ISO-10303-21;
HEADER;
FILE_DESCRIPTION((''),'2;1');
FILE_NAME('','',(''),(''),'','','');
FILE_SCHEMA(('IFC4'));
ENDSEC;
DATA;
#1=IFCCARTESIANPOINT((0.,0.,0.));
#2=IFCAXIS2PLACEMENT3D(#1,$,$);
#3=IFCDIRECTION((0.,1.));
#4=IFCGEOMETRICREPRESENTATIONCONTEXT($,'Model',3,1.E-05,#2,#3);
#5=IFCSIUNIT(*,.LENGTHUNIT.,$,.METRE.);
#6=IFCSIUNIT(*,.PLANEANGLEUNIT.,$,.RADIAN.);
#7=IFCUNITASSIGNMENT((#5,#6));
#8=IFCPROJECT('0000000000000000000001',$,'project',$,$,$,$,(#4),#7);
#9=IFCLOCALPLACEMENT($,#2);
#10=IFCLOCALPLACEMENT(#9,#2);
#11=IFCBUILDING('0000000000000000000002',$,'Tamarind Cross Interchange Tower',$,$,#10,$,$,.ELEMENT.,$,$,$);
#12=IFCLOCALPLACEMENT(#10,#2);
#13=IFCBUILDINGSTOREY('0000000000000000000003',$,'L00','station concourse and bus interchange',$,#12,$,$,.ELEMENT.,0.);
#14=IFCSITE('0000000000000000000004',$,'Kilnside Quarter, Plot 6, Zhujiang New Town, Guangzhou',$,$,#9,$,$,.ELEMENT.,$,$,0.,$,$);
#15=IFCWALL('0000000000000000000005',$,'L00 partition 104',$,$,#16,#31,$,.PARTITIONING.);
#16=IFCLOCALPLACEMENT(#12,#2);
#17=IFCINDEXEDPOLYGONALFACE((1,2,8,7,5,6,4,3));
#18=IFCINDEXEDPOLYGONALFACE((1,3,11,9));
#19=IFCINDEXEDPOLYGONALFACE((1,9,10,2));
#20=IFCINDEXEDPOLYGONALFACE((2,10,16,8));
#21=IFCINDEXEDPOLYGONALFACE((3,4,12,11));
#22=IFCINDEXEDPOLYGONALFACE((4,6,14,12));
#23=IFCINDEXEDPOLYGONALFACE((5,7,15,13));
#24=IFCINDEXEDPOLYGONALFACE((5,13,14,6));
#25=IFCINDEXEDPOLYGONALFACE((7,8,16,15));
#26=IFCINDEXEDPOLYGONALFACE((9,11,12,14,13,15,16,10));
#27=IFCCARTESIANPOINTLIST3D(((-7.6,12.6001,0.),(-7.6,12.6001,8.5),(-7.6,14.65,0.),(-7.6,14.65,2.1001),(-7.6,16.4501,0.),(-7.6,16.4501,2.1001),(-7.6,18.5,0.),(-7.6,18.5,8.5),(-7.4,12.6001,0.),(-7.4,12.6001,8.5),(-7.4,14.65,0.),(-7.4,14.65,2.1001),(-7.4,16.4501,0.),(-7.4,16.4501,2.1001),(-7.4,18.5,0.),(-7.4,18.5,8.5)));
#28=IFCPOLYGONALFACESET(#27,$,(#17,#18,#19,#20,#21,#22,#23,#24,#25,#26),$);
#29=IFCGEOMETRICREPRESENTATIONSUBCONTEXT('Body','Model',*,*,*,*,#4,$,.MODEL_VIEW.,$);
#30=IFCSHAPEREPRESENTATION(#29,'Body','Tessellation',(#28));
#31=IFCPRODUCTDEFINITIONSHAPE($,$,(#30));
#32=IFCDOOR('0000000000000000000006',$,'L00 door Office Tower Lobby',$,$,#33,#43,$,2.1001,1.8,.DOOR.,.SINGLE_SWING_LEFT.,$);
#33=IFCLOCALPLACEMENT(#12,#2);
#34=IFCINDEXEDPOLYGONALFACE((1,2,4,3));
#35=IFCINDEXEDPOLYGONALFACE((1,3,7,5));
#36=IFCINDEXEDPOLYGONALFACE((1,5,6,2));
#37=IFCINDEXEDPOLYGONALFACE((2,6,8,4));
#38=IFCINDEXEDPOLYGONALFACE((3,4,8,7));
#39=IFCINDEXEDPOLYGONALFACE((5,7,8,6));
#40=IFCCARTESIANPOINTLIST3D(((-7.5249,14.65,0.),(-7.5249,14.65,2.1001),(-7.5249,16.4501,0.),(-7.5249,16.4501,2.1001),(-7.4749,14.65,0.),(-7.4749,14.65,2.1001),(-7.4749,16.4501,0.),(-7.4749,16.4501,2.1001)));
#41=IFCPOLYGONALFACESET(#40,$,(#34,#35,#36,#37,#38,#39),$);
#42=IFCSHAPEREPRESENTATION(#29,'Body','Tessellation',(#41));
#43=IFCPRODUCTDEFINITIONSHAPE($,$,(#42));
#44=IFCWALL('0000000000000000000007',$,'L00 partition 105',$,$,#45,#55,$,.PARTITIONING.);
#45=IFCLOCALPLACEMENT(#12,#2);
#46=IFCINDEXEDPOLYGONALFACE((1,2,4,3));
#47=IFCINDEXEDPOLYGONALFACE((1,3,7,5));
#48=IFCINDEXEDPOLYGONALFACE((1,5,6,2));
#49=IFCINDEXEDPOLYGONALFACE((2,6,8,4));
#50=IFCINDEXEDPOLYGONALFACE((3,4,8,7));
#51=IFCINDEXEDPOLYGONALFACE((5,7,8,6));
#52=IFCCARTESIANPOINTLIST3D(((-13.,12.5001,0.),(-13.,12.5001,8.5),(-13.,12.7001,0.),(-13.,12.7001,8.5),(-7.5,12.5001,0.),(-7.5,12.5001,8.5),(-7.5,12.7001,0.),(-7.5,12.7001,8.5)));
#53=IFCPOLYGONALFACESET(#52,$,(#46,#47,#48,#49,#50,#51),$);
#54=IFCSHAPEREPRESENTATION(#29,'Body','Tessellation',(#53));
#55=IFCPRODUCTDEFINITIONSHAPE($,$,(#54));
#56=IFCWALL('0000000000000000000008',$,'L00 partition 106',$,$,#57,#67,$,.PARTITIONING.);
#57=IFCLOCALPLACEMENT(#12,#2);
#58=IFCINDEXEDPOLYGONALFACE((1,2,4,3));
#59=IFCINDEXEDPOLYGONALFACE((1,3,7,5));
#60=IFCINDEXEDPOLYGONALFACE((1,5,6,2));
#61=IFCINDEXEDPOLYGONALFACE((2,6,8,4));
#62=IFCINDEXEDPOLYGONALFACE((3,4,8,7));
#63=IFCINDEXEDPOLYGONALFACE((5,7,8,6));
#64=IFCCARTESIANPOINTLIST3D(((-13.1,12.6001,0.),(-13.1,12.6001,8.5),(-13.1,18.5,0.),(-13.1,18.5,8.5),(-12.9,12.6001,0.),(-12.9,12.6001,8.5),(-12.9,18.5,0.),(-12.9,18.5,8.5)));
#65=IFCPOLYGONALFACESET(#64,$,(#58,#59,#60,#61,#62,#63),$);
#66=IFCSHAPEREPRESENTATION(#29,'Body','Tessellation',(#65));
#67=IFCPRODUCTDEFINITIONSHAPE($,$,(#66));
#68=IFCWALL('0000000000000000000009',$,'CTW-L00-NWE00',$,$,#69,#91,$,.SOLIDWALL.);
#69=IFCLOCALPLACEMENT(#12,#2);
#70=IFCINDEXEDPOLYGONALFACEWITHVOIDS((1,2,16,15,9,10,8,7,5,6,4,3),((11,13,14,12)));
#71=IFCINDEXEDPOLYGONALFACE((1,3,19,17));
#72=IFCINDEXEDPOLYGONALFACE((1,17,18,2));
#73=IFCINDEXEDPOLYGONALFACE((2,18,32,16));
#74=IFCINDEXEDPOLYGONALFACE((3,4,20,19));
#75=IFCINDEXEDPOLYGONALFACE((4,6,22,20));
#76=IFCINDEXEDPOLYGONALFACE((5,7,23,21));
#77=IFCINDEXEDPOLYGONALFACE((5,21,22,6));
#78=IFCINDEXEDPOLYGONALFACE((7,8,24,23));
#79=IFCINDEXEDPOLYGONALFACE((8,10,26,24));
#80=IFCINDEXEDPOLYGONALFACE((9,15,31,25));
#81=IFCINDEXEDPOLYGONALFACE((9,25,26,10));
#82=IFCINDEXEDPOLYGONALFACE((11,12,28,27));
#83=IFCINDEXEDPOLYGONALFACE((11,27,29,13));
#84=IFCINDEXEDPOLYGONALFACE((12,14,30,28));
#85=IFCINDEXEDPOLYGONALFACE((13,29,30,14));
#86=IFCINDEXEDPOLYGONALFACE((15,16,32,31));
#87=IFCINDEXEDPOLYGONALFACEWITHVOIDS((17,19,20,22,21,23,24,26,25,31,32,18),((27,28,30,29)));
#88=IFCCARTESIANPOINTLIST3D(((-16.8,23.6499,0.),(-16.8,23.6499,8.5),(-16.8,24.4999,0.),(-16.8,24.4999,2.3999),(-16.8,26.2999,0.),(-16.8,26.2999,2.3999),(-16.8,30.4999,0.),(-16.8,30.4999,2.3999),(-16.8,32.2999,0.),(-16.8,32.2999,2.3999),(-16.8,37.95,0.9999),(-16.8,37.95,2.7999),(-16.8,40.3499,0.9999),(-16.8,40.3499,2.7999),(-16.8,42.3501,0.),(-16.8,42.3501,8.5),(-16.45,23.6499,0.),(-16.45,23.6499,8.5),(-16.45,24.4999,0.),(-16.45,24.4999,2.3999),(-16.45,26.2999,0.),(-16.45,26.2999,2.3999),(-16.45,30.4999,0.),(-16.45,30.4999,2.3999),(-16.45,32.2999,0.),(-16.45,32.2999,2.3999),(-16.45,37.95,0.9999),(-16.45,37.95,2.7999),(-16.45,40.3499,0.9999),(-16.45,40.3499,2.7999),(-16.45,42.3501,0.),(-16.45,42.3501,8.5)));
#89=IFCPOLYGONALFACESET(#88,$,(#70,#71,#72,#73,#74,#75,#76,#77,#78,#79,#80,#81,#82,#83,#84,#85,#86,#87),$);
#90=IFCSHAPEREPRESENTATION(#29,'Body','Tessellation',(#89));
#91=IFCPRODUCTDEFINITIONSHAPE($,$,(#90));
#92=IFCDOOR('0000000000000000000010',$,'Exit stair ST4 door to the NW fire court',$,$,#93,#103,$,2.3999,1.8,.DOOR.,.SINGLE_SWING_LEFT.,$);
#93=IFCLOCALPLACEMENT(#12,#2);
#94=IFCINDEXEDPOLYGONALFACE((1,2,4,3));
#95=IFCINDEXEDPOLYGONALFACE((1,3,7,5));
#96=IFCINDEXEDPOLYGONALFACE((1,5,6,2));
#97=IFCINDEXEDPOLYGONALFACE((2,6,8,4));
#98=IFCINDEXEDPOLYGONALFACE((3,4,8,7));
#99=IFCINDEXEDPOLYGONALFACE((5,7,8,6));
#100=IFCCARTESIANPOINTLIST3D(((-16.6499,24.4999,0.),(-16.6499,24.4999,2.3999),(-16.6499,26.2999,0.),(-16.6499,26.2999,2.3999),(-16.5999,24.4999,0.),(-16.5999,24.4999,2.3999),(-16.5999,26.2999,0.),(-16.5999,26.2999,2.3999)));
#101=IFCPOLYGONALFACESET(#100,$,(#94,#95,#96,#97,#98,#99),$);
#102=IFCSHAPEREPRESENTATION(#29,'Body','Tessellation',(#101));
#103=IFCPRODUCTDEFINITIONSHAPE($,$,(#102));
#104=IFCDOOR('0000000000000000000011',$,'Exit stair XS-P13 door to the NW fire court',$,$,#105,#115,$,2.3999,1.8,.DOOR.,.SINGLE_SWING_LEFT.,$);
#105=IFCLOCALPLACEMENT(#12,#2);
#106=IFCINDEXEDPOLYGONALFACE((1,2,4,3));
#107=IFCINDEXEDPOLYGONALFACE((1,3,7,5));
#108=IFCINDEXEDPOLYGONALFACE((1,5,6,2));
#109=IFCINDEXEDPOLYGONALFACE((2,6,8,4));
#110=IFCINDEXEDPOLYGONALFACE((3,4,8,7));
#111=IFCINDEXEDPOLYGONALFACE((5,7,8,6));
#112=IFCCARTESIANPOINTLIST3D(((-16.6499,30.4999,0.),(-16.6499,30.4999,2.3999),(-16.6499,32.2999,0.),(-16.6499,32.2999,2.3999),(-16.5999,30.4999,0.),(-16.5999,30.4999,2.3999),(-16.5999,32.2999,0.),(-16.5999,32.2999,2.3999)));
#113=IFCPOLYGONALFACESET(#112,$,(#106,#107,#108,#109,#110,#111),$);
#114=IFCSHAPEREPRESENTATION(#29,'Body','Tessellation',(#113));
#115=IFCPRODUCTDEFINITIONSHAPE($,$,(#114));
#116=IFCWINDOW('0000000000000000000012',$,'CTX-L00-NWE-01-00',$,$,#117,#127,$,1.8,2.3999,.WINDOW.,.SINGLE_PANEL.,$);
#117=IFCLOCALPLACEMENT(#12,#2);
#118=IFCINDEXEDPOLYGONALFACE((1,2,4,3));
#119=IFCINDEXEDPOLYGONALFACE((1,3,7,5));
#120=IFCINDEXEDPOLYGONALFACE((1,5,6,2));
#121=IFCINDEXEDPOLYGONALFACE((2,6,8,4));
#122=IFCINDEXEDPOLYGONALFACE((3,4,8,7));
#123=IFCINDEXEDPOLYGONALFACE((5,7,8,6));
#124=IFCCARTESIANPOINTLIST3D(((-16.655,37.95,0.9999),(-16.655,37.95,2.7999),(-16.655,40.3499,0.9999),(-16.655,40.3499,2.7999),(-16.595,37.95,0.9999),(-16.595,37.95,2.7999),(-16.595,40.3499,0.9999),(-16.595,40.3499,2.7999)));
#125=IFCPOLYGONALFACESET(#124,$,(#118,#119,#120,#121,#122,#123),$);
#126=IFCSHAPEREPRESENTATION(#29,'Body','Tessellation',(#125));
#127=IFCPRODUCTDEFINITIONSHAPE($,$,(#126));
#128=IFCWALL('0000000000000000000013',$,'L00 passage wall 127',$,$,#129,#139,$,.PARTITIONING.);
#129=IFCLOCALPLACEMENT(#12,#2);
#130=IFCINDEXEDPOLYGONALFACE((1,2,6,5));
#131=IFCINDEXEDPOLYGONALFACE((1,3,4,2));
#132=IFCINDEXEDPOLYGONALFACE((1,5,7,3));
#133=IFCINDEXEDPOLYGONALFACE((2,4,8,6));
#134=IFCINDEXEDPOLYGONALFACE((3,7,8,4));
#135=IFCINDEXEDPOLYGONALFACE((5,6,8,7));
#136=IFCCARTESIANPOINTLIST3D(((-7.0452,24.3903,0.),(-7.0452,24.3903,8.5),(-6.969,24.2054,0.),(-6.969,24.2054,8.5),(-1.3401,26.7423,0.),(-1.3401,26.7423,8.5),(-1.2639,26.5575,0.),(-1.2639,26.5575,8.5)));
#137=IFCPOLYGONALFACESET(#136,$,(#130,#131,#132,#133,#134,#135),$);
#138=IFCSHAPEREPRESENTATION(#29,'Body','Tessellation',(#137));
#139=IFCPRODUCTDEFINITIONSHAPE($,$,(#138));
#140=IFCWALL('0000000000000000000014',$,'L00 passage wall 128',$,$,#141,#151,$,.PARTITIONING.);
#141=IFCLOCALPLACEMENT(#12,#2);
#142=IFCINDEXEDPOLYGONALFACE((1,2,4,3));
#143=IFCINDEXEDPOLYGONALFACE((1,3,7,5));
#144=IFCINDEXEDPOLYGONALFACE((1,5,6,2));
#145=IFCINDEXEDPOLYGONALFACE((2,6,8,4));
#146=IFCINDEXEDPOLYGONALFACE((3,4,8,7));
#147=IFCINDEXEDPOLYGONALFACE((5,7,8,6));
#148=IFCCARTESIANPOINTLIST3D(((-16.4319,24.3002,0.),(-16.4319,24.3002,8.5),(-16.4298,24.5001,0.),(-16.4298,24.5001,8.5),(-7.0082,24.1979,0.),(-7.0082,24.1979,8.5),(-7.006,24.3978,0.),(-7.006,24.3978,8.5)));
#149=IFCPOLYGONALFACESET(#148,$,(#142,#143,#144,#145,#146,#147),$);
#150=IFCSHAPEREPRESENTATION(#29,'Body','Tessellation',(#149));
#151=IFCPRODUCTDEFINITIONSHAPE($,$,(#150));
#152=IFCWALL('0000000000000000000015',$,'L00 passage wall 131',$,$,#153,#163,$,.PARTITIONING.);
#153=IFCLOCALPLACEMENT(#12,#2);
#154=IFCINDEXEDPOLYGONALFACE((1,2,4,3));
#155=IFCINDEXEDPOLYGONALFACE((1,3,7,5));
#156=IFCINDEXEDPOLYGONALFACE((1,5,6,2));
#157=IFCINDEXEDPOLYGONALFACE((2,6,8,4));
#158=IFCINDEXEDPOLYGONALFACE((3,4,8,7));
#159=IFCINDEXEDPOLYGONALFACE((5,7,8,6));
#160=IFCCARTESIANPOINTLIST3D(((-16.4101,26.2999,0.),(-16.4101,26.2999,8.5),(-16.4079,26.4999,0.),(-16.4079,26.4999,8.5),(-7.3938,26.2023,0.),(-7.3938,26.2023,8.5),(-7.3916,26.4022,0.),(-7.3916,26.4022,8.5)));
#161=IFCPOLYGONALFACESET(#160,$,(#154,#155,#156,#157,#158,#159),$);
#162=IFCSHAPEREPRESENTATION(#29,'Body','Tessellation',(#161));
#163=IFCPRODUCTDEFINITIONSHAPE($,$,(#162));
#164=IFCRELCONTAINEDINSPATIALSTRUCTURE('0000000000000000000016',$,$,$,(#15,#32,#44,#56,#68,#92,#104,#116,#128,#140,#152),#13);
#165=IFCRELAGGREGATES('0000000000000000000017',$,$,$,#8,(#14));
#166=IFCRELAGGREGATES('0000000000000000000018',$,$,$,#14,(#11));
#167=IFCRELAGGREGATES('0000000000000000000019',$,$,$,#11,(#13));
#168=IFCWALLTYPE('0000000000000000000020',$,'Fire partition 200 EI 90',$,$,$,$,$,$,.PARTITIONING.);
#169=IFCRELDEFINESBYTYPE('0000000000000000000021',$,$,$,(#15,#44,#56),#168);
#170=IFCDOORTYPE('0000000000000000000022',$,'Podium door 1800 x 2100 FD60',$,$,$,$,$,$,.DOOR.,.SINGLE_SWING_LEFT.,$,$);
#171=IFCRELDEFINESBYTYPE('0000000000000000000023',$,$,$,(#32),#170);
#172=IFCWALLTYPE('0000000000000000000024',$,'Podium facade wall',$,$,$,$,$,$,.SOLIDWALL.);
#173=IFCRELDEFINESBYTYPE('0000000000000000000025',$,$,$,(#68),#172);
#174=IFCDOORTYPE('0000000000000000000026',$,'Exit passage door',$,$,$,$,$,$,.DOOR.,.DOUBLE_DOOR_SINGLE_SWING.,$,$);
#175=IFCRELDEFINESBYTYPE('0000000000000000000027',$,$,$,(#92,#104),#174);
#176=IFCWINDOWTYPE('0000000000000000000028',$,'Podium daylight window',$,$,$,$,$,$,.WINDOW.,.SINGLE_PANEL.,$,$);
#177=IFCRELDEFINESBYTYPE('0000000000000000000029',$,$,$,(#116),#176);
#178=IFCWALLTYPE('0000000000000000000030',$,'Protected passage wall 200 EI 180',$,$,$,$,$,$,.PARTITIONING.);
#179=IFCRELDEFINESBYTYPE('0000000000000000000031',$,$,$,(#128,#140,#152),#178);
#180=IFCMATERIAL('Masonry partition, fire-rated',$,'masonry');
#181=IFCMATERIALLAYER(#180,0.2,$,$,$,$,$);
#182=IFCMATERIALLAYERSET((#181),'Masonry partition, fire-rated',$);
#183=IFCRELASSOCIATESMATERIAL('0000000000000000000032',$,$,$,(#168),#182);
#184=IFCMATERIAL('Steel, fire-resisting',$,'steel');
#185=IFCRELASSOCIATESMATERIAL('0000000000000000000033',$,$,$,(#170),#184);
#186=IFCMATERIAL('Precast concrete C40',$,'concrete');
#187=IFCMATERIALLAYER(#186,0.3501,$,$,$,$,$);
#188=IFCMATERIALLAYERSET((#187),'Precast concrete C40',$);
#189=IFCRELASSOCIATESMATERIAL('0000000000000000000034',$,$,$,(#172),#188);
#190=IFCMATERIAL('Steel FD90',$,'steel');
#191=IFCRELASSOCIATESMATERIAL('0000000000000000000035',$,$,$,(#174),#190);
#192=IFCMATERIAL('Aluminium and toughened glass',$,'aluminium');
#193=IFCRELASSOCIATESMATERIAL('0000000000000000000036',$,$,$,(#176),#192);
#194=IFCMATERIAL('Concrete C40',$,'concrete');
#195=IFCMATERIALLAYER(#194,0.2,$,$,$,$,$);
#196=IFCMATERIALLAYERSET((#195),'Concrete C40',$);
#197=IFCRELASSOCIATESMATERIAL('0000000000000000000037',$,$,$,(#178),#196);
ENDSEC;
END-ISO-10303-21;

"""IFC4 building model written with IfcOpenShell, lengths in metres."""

from ifc_helpers import new_model, si_unit, direction, frame, frame_2d, origin, place, context, subcontext, project, spatial, rectangle, extrude, material, layer, layer_set, type_object, element, fill, save


model = new_model("IFC4")

# Units and contexts
model_context = context("Model", 3, precision=1e-05, world=origin(), true_north=direction((0.0, 1.0)))
body_context = subcontext(model_context, "Body", "Model", "MODEL_VIEW")
ifc_project = project(units=[si_unit("LENGTHUNIT", "METRE"), si_unit("PLANEANGLEUNIT", "RADIAN")], contexts=[model_context])

# Site, building, storey
site_placement = place(None, origin())
site = spatial("IfcSite", under=ifc_project, at=site_placement, Name="Kilnside Quarter, Plot 6, Zhujiang New Town, Guangzhou", CompositionType="ELEMENT", RefElevation=0.0)
building_placement = place(site_placement, origin())
building = spatial("IfcBuilding", under=site, at=building_placement, Name="Tamarind Cross Interchange Tower", CompositionType="ELEMENT")
storey_placement = place(building_placement, origin())
storey = spatial("IfcBuildingStorey", under=building, at=storey_placement, Name="L00", Description="station concourse and bus interchange", CompositionType="ELEMENT", Elevation=0.0)

# Shared definitions
ifc_material_1 = material(Name="Steel, fire-resisting", Category="steel")

# Shared definitions
ifc_material_2 = material(Name="Masonry partition, fire-rated", Category="masonry")
ifc_layer_1 = layer(ifc_material_2, 0.2)
ifc_layer_set_1 = layer_set([ifc_layer_1], Name="Masonry partition, fire-rated")
wall_type_1 = type_object("IfcWallType", Name="Fire partition 200 EI 90", PredefinedType="PARTITIONING", material=ifc_layer_set_1)

# Wall, opening, door
wall_1_placement = place(storey_placement, frame((-7.5, 12.6001, 0.0), z_axis=(0.0, 0.0, 1.0), x_axis=(0.0, 1.0, 0.0)))
wall_1 = element("IfcWall", 1, at=wall_1_placement, inside=storey, type_object=wall_type_1, Name="L00 partition 104", PredefinedType="PARTITIONING", context=body_context, shape_type="SweptSolid", body=[
    extrude(rectangle(XDim=5.8999, YDim=0.2, at=frame_2d((2.95, 0.0))), origin(), (0.0, 0.0, 1.0), 8.5),
])
opening_1_placement = place(wall_1_placement, frame((2.05, 0.0, 0.0)))
opening_1 = element("IfcOpeningElement", 2, at=opening_1_placement, cuts=wall_1, PredefinedType="OPENING", context=body_context, shape_type="SweptSolid", body=[
    extrude(rectangle(XDim=1.8, YDim=2.1001, at=frame_2d((0.8999, 1.05))), frame((0.0, 0.1099, 0.0), z_axis=(0.0, -1.0, 0.0), x_axis=(1.0, 0.0, 0.0)), (0.0, 0.0, 1.0), 0.22),
])
door_type_1 = type_object("IfcDoorType", Name="Podium door 1800 x 2100 FD60", OperationType="SINGLE_SWING_LEFT", PredefinedType="DOOR", material=ifc_material_1)
door_1_placement = place(opening_1_placement, origin())
door_1 = element("IfcDoor", 3, at=door_1_placement, inside=storey, type_object=door_type_1, Name="L00 door Office Tower Lobby", OperationType="SINGLE_SWING_LEFT", OverallHeight=2.1001, OverallWidth=1.8, PredefinedType="DOOR", context=body_context, shape_type="SweptSolid", body=[
    extrude(rectangle(XDim=1.8, YDim=2.1001, at=frame_2d((0.8999, 1.05))), frame((0.0, 0.0249, 0.0), z_axis=(0.0, -1.0, 0.0), x_axis=(1.0, 0.0, 0.0)), (0.0, 0.0, 1.0), 0.05),
])
fill(opening_1, door_1)

# Walls
wall_2_placement = place(storey_placement, frame((-13.0, 12.6001, 0.0), z_axis=(0.0, 0.0, 1.0), x_axis=(1.0, 0.0, 0.0)))
element("IfcWall", 4, at=wall_2_placement, inside=storey, type_object=wall_type_1, Name="L00 partition 105", PredefinedType="PARTITIONING", context=body_context, shape_type="SweptSolid", body=[
    extrude(rectangle(XDim=5.5, YDim=0.2, at=frame_2d((2.75, 0.0))), origin(), (0.0, 0.0, 1.0), 8.5),
])
wall_3_placement = place(storey_placement, frame((-13.0, 12.6001, 0.0), z_axis=(0.0, 0.0, 1.0), x_axis=(0.0, 1.0, 0.0)))
element("IfcWall", 5, at=wall_3_placement, inside=storey, type_object=wall_type_1, Name="L00 partition 106", PredefinedType="PARTITIONING", context=body_context, shape_type="SweptSolid", body=[
    extrude(rectangle(XDim=5.8999, YDim=0.2, at=frame_2d((2.95, 0.0))), origin(), (0.0, 0.0, 1.0), 8.5),
])

# Wall, openings, doors, window
ifc_material_3 = material(Name="Precast concrete C40", Category="concrete")
ifc_layer_2 = layer(ifc_material_3, 0.3501)
ifc_layer_set_2 = layer_set([ifc_layer_2], Name="Precast concrete C40")
wall_type_2 = type_object("IfcWallType", Name="Podium facade wall", PredefinedType="SOLIDWALL", material=ifc_layer_set_2)
wall_4_placement = place(storey_placement, frame((-16.625, 23.6499, 0.0), z_axis=(0.0, 0.0, 1.0), x_axis=(0.0, 1.0, 0.0)))
wall_4 = element("IfcWall", 6, at=wall_4_placement, inside=storey, type_object=wall_type_2, Name="CTW-L00-NWE00", PredefinedType="SOLIDWALL", context=body_context, shape_type="SweptSolid", body=[
    extrude(rectangle(XDim=18.7002, YDim=0.3501, at=frame_2d((9.3501, 0.0))), origin(), (0.0, 0.0, 1.0), 8.5),
])
opening_2_placement = place(wall_4_placement, frame((0.8501, 0.0, 0.0)))
opening_2 = element("IfcOpeningElement", 7, at=opening_2_placement, cuts=wall_4, PredefinedType="OPENING", context=body_context, shape_type="SweptSolid", body=[
    extrude(rectangle(XDim=1.8, YDim=2.3999, at=frame_2d((0.8999, 1.2))), frame((0.0, 0.1851, 0.0), z_axis=(0.0, -1.0, 0.0), x_axis=(1.0, 0.0, 0.0)), (0.0, 0.0, 1.0), 0.3701),
])
opening_3_placement = place(wall_4_placement, frame((6.8501, 0.0, 0.0)))
opening_3 = element("IfcOpeningElement", 8, at=opening_3_placement, cuts=wall_4, PredefinedType="OPENING", context=body_context, shape_type="SweptSolid", body=[
    extrude(rectangle(XDim=1.8, YDim=2.3999, at=frame_2d((0.8999, 1.2))), frame((0.0, 0.1851, 0.0), z_axis=(0.0, -1.0, 0.0), x_axis=(1.0, 0.0, 0.0)), (0.0, 0.0, 1.0), 0.3701),
])
opening_4_placement = place(wall_4_placement, frame((14.3, 0.0, 1.0)))
opening_4 = element("IfcOpeningElement", 9, at=opening_4_placement, cuts=wall_4, PredefinedType="OPENING", context=body_context, shape_type="SweptSolid", body=[
    extrude(rectangle(XDim=2.3999, YDim=1.8, at=frame_2d((1.2, 0.8999))), frame((0.0, 0.1851, 0.0), z_axis=(0.0, -1.0, 0.0), x_axis=(1.0, 0.0, 0.0)), (0.0, 0.0, 1.0), 0.3701),
])
ifc_material_4 = material(Name="Steel FD90", Category="steel")
door_type_2 = type_object("IfcDoorType", Name="Exit passage door", OperationType="DOUBLE_DOOR_SINGLE_SWING", PredefinedType="DOOR", material=ifc_material_4)
door_2_placement = place(opening_2_placement, origin())
door_2 = element("IfcDoor", 10, at=door_2_placement, inside=storey, type_object=door_type_2, Name="Exit stair ST4 door to the NW fire court", OperationType="SINGLE_SWING_LEFT", OverallHeight=2.3999, OverallWidth=1.8, PredefinedType="DOOR", context=body_context, shape_type="SweptSolid", body=[
    extrude(rectangle(XDim=1.8, YDim=2.3999, at=frame_2d((0.8999, 1.2))), frame((0.0, 0.0249, 0.0), z_axis=(0.0, -1.0, 0.0), x_axis=(1.0, 0.0, 0.0)), (0.0, 0.0, 1.0), 0.05),
])
fill(opening_2, door_2)
door_3_placement = place(opening_3_placement, origin())
door_3 = element("IfcDoor", 11, at=door_3_placement, inside=storey, type_object=door_type_2, Name="Exit stair XS-P13 door to the NW fire court", OperationType="SINGLE_SWING_LEFT", OverallHeight=2.3999, OverallWidth=1.8, PredefinedType="DOOR", context=body_context, shape_type="SweptSolid", body=[
    extrude(rectangle(XDim=1.8, YDim=2.3999, at=frame_2d((0.8999, 1.2))), frame((0.0, 0.0249, 0.0), z_axis=(0.0, -1.0, 0.0), x_axis=(1.0, 0.0, 0.0)), (0.0, 0.0, 1.0), 0.05),
])
fill(opening_3, door_3)
ifc_material_5 = material(Name="Aluminium and toughened glass", Category="aluminium")
window_type = type_object("IfcWindowType", Name="Podium daylight window", PartitioningType="SINGLE_PANEL", PredefinedType="WINDOW", material=ifc_material_5)
window_placement = place(opening_4_placement, origin())
window = element("IfcWindow", 12, at=window_placement, inside=storey, type_object=window_type, Name="CTX-L00-NWE-01-00", OverallHeight=1.8, OverallWidth=2.3999, PartitioningType="SINGLE_PANEL", PredefinedType="WINDOW", context=body_context, shape_type="SweptSolid", body=[
    extrude(rectangle(XDim=2.3999, YDim=1.8, at=frame_2d((1.2, 0.8999))), frame((0.0, 0.03, 0.0), z_axis=(0.0, -1.0, 0.0), x_axis=(1.0, 0.0, 0.0)), (0.0, 0.0, 1.0), 0.0601),
])
fill(opening_4, window)

# Walls
ifc_material_6 = material(Name="Concrete C40", Category="concrete")
ifc_layer_3 = layer(ifc_material_6, 0.2)
ifc_layer_set_3 = layer_set([ifc_layer_3], Name="Concrete C40")
wall_type_3 = type_object("IfcWallType", Name="Protected passage wall 200 EI 180", PredefinedType="PARTITIONING", material=ifc_layer_set_3)
wall_5_placement = place(storey_placement, frame((-1.302, 26.6499, 0.0), z_axis=(0.0, 0.0, 1.0), x_axis=(-0.924513, -0.381152, 0.0)))
element("IfcWall", 13, at=wall_5_placement, inside=storey, type_object=wall_type_3, Name="L00 passage wall 127", PredefinedType="PARTITIONING", context=body_context, shape_type="SweptSolid", body=[
    extrude(rectangle(XDim=6.1709, YDim=0.2, at=frame_2d((3.0854, 0.0))), origin(), (0.0, 0.0, 1.0), 8.5),
])
wall_6_placement = place(storey_placement, frame((-7.0071, 24.2979, 0.0), z_axis=(0.0, 0.0, 1.0), x_axis=(-0.999941, 0.010854, 0.0)))
element("IfcWall", 14, at=wall_6_placement, inside=storey, type_object=wall_type_3, Name="L00 passage wall 128", PredefinedType="PARTITIONING", context=body_context, shape_type="SweptSolid", body=[
    extrude(rectangle(XDim=9.4243, YDim=0.2, at=frame_2d((4.7122, 0.0))), origin(), (0.0, 0.0, 1.0), 8.5),
])
wall_7_placement = place(storey_placement, frame((-7.3928, 26.3022, 0.0), z_axis=(0.0, 0.0, 1.0), x_axis=(-0.999941, 0.01083, 0.0)))
element("IfcWall", 15, at=wall_7_placement, inside=storey, type_object=wall_type_3, Name="L00 passage wall 131", PredefinedType="PARTITIONING", context=body_context, shape_type="SweptSolid", body=[
    extrude(rectangle(XDim=9.0168, YDim=0.2, at=frame_2d((4.5083, 0.0))), origin(), (0.0, 0.0, 1.0), 8.5),
])

save(model, "model.ifc")
